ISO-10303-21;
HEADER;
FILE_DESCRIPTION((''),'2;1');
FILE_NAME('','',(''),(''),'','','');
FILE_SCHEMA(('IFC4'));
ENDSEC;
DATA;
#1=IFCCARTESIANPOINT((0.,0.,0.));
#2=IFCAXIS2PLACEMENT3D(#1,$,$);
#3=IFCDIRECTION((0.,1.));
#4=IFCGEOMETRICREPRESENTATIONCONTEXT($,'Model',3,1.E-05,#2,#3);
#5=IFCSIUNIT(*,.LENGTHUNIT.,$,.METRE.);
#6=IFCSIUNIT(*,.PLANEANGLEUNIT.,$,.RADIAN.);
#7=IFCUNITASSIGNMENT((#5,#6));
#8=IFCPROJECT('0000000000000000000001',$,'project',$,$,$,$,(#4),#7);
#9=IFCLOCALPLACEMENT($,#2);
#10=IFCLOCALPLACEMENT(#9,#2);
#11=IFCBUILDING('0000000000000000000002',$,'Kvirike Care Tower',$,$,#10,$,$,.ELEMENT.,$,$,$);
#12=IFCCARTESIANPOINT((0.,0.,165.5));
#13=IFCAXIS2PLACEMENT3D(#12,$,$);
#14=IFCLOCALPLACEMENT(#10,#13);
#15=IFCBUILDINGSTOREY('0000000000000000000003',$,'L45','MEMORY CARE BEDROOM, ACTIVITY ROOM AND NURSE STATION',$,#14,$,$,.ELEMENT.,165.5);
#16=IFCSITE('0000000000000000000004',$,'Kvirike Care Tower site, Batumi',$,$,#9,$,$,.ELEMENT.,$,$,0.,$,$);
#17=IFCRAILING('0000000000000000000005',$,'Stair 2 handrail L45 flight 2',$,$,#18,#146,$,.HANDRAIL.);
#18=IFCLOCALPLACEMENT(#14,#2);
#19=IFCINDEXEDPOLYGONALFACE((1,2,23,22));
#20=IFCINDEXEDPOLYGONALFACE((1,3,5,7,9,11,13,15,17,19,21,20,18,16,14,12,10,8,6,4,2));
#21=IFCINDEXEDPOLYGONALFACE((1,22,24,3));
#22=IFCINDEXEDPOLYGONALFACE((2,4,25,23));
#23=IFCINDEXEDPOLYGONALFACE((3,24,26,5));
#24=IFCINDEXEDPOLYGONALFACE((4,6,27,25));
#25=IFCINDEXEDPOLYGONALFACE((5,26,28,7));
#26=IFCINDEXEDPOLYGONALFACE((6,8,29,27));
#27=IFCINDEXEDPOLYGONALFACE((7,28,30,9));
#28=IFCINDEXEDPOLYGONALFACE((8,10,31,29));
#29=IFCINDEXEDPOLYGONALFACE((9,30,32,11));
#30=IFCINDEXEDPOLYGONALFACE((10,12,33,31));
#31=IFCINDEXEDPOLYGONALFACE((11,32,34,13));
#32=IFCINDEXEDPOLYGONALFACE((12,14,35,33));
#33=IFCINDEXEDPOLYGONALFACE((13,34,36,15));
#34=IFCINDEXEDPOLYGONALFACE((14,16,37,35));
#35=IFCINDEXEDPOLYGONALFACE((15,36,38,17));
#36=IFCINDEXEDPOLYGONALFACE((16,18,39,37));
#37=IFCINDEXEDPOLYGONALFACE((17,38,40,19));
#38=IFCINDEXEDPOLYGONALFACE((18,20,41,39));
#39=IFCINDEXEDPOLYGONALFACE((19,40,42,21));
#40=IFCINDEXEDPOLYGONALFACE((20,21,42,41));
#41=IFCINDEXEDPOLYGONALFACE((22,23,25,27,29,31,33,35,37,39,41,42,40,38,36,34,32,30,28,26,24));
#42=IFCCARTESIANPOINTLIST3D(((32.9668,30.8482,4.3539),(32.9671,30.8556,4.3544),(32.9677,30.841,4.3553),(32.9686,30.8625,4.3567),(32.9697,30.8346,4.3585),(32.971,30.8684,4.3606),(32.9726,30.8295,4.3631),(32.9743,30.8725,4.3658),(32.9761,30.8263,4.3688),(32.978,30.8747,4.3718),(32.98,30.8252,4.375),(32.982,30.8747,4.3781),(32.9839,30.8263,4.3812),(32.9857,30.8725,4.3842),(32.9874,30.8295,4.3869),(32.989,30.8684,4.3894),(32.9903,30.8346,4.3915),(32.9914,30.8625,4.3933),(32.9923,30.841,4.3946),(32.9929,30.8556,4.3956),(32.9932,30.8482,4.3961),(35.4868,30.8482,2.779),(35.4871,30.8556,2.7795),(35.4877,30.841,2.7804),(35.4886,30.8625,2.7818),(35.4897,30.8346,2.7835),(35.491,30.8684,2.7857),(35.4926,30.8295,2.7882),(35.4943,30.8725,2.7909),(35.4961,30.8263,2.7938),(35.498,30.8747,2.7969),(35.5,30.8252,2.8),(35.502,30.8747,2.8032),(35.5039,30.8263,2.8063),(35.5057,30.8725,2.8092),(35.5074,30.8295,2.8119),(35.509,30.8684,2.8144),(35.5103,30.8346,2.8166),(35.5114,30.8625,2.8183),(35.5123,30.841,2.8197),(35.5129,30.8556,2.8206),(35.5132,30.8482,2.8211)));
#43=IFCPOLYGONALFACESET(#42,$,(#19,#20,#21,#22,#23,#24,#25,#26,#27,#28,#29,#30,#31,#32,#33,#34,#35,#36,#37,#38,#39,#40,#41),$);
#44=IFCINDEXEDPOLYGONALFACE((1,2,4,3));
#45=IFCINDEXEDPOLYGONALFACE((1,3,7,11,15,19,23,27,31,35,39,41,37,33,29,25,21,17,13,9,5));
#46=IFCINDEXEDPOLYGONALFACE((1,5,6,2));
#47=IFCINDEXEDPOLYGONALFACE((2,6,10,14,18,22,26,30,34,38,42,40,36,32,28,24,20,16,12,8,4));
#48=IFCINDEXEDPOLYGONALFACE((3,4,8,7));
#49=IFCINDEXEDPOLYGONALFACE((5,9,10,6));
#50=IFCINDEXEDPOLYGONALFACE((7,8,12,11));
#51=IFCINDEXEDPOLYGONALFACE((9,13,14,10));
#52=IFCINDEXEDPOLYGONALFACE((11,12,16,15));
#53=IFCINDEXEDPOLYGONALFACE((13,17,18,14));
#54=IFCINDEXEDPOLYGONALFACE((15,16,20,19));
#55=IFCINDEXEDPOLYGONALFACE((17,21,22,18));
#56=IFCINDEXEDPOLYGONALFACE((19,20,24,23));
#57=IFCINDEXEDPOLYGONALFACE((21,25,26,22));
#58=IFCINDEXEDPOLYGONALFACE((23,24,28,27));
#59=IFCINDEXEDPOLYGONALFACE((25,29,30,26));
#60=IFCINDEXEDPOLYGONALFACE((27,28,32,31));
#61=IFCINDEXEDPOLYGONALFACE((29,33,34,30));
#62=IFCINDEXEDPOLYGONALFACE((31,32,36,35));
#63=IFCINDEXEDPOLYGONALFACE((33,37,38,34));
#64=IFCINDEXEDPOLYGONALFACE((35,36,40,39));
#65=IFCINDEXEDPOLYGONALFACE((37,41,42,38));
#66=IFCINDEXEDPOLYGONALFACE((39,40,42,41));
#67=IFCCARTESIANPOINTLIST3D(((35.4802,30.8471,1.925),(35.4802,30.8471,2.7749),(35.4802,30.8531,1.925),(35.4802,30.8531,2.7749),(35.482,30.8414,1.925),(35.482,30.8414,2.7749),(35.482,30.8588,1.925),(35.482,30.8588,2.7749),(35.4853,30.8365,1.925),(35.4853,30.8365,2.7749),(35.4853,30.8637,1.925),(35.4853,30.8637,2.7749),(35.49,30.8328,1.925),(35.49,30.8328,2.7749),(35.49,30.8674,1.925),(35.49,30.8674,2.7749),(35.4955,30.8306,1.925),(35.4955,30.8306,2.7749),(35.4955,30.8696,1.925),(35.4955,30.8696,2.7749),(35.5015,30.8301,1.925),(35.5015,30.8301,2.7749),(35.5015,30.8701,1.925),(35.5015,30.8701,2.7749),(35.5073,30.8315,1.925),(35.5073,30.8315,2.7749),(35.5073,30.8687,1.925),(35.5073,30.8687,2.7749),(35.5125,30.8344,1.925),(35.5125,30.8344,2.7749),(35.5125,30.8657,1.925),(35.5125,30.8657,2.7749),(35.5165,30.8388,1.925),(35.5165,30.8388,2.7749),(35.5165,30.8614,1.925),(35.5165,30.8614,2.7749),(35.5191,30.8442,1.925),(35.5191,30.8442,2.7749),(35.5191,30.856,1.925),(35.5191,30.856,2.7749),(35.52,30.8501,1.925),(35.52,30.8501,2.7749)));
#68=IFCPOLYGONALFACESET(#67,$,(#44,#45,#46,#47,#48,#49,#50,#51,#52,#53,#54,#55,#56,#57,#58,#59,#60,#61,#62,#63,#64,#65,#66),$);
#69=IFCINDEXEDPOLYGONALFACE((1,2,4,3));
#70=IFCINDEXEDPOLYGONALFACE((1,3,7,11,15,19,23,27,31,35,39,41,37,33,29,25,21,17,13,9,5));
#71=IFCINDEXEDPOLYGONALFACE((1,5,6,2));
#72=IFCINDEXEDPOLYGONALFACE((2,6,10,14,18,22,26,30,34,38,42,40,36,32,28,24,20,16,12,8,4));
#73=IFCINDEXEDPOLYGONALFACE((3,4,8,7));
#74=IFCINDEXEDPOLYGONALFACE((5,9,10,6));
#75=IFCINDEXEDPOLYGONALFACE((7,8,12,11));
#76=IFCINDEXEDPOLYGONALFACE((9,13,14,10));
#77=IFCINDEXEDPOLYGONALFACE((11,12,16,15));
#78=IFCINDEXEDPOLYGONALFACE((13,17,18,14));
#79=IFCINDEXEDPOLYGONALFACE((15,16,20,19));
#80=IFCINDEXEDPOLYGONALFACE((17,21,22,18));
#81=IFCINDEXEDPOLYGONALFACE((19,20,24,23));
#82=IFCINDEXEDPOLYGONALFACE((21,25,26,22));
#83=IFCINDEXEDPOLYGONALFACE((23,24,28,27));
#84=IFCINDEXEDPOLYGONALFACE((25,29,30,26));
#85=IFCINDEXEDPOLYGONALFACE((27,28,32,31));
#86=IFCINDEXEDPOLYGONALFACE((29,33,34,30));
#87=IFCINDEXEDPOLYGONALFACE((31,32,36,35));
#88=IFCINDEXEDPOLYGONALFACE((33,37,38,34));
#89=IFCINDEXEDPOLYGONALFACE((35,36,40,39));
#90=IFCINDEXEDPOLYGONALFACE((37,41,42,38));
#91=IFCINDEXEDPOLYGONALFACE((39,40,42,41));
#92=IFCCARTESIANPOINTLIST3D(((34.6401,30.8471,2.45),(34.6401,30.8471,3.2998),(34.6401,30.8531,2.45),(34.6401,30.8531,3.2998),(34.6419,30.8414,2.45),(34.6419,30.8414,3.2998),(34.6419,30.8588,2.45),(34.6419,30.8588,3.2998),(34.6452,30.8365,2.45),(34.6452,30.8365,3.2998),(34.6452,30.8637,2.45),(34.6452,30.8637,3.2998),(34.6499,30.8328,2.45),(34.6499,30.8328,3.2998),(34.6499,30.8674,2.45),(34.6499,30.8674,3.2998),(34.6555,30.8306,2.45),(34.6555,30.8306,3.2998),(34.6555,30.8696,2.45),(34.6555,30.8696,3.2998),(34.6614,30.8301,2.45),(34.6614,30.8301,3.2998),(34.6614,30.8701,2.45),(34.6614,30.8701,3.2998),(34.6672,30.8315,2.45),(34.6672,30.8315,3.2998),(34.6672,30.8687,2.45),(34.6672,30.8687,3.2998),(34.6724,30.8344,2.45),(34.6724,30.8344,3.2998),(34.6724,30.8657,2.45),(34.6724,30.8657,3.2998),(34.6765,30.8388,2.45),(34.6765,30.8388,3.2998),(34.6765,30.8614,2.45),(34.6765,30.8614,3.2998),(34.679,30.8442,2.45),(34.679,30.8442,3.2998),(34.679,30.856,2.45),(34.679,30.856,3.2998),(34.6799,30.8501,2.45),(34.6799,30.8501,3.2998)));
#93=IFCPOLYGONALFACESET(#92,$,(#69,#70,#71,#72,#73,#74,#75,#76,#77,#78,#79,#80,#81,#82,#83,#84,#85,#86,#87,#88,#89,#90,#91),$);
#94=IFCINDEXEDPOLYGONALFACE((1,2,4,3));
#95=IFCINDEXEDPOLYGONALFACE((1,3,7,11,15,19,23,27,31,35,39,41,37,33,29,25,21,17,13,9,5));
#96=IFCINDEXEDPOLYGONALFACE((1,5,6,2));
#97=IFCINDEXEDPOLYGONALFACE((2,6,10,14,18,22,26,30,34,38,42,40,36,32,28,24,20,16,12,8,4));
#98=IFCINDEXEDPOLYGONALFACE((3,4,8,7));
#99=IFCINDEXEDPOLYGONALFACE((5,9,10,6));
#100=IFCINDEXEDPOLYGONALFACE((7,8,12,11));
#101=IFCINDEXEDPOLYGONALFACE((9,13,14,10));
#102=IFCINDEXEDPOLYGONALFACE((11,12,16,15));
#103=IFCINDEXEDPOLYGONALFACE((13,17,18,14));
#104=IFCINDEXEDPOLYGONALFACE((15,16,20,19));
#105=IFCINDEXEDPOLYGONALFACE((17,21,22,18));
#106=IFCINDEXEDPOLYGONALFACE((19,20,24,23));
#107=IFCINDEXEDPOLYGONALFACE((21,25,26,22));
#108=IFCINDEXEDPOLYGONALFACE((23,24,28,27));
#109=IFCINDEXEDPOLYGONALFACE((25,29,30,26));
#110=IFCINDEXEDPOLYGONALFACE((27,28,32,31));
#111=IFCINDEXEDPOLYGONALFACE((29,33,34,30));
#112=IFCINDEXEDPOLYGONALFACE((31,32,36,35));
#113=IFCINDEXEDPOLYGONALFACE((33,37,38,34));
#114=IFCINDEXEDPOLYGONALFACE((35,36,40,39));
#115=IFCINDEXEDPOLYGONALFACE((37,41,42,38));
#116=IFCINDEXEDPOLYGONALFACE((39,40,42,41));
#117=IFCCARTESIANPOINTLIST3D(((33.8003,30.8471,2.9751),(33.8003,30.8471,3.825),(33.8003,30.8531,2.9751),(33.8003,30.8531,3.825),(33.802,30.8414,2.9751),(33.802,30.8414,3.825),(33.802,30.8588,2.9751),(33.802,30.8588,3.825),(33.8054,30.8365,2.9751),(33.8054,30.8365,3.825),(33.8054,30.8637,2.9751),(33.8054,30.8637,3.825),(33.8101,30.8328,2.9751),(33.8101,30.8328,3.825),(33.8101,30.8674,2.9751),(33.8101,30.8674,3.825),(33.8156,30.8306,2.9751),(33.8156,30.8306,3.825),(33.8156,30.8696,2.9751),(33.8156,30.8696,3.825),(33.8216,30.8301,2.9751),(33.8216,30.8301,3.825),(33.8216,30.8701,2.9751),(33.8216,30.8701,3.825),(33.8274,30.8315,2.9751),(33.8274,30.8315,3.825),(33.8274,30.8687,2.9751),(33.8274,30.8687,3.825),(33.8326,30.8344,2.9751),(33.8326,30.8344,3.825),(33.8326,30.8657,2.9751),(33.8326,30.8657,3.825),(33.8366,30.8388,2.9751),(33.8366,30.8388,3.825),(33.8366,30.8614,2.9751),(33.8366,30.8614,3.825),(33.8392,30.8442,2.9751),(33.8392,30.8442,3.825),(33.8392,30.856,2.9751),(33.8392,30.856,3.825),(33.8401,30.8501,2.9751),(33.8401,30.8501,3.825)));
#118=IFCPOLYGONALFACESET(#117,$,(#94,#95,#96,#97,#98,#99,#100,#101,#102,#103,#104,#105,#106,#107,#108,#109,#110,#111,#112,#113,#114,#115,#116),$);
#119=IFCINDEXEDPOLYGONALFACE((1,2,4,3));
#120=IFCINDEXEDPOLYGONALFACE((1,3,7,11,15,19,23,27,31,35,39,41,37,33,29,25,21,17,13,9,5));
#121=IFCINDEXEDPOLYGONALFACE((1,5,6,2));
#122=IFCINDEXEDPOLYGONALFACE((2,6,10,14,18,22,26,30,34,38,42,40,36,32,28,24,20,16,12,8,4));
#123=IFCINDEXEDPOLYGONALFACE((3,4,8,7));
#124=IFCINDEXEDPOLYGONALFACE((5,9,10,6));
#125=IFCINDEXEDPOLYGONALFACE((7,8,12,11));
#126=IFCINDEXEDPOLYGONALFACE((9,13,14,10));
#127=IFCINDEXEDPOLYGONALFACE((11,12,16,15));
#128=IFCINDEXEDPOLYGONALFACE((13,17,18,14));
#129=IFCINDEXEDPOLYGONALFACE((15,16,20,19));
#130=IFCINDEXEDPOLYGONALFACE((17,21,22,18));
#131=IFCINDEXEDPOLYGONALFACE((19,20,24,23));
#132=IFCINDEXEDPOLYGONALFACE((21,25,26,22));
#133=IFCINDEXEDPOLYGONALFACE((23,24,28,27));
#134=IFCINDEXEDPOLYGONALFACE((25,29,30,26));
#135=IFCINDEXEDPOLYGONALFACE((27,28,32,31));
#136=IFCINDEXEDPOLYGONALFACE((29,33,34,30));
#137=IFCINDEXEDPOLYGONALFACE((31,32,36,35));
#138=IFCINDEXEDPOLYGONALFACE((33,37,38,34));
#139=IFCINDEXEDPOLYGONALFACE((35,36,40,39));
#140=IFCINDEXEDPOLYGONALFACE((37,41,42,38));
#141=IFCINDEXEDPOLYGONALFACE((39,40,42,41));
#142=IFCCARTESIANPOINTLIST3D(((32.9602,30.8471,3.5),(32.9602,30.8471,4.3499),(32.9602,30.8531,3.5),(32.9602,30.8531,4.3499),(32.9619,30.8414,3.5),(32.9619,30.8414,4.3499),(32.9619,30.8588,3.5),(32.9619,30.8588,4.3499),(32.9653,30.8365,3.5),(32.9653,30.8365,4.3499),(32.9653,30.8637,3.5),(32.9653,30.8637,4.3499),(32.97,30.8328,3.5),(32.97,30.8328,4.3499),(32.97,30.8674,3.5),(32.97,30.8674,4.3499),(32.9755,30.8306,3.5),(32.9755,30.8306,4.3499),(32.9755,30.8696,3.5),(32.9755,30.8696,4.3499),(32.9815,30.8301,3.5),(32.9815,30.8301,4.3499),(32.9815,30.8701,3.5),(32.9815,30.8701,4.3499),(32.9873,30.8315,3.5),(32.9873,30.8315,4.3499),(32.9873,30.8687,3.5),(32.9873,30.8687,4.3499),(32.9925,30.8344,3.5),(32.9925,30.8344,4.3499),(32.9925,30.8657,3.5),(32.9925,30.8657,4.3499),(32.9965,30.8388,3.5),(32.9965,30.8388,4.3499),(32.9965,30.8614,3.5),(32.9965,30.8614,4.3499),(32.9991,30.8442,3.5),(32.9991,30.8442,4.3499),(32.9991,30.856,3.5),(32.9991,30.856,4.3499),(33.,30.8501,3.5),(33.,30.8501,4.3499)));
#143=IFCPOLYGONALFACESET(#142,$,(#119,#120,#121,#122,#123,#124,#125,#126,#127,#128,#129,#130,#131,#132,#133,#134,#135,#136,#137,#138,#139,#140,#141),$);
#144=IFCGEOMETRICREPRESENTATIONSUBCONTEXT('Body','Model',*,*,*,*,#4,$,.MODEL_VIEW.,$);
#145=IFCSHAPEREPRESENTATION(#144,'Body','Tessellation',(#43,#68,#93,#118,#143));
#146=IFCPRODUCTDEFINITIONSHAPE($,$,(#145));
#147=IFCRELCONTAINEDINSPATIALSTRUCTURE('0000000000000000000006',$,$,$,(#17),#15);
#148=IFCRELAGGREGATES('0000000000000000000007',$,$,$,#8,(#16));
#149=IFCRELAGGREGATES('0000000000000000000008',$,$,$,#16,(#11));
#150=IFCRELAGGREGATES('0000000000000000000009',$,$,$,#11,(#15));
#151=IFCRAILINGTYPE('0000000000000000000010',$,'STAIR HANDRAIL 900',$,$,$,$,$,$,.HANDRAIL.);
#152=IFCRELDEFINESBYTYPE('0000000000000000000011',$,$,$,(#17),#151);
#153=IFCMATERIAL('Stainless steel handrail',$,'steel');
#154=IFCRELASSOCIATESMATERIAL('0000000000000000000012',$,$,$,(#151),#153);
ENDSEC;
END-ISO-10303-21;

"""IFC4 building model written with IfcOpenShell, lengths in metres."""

from ifc_helpers import new_model, si_unit, direction, frame, origin, origin_2d, place, context, subcontext, project, spatial, circle, extrude, material, type_object, element, save


model = new_model("IFC4")

# Units and contexts
model_context = context("Model", 3, precision=1e-05, world=origin(), true_north=direction((0.0, 1.0)))
body_context = subcontext(model_context, "Body", "Model", "MODEL_VIEW")
ifc_project = project(units=[si_unit("LENGTHUNIT", "METRE"), si_unit("PLANEANGLEUNIT", "RADIAN")], contexts=[model_context])

# Site, building, storey
site_placement = place(None, origin())
site = spatial("IfcSite", under=ifc_project, at=site_placement, Name="Kvirike Care Tower site, Batumi", CompositionType="ELEMENT", RefElevation=0.0)
building_placement = place(site_placement, origin())
building = spatial("IfcBuilding", under=site, at=building_placement, Name="Kvirike Care Tower", CompositionType="ELEMENT")
storey_placement = place(building_placement, frame((0.0, 0.0, 165.5)))
storey = spatial("IfcBuildingStorey", under=building, at=storey_placement, Name="L45", Description="MEMORY CARE BEDROOM, ACTIVITY ROOM AND NURSE STATION", CompositionType="ELEMENT", Elevation=165.5)

# Railing
ifc_material_1 = material(Name="Stainless steel handrail", Category="steel")
railing_type = type_object("IfcRailingType", Name="STAIR HANDRAIL 900", PredefinedType="HANDRAIL", material=ifc_material_1)
railing_1_placement = place(storey_placement, frame((35.5, 30.8501, 1.925)))
element("IfcRailing", 1, at=railing_1_placement, inside=storey, type_object=railing_type, Name="Stair 2 handrail L45 flight 2", PredefinedType="HANDRAIL", context=body_context, shape_type="SweptSolid", body=[
    extrude(circle(Radius=0.0249, at=origin_2d()), frame((0.0, 0.0, 0.875), z_axis=(-0.848008, 0.0, 0.529984), x_axis=(0.0, -1.0, 0.0)), (0.0, 0.0, 1.0), 2.9717),
    extrude(circle(Radius=0.02, at=origin_2d()), origin(), (0.0, 0.0, 1.0), 0.8499),
    extrude(circle(Radius=0.02, at=origin_2d()), frame((-0.8401, 0.0, 0.5249)), (0.0, 0.0, 1.0), 0.8499),
    extrude(circle(Radius=0.02, at=origin_2d()), frame((-1.6799, 0.0, 1.05)), (0.0, 0.0, 1.0), 0.8499),
    extrude(circle(Radius=0.02, at=origin_2d()), frame((-2.52, 0.0, 1.575)), (0.0, 0.0, 1.0), 0.8499),
])

save(model, "model.ifc")
